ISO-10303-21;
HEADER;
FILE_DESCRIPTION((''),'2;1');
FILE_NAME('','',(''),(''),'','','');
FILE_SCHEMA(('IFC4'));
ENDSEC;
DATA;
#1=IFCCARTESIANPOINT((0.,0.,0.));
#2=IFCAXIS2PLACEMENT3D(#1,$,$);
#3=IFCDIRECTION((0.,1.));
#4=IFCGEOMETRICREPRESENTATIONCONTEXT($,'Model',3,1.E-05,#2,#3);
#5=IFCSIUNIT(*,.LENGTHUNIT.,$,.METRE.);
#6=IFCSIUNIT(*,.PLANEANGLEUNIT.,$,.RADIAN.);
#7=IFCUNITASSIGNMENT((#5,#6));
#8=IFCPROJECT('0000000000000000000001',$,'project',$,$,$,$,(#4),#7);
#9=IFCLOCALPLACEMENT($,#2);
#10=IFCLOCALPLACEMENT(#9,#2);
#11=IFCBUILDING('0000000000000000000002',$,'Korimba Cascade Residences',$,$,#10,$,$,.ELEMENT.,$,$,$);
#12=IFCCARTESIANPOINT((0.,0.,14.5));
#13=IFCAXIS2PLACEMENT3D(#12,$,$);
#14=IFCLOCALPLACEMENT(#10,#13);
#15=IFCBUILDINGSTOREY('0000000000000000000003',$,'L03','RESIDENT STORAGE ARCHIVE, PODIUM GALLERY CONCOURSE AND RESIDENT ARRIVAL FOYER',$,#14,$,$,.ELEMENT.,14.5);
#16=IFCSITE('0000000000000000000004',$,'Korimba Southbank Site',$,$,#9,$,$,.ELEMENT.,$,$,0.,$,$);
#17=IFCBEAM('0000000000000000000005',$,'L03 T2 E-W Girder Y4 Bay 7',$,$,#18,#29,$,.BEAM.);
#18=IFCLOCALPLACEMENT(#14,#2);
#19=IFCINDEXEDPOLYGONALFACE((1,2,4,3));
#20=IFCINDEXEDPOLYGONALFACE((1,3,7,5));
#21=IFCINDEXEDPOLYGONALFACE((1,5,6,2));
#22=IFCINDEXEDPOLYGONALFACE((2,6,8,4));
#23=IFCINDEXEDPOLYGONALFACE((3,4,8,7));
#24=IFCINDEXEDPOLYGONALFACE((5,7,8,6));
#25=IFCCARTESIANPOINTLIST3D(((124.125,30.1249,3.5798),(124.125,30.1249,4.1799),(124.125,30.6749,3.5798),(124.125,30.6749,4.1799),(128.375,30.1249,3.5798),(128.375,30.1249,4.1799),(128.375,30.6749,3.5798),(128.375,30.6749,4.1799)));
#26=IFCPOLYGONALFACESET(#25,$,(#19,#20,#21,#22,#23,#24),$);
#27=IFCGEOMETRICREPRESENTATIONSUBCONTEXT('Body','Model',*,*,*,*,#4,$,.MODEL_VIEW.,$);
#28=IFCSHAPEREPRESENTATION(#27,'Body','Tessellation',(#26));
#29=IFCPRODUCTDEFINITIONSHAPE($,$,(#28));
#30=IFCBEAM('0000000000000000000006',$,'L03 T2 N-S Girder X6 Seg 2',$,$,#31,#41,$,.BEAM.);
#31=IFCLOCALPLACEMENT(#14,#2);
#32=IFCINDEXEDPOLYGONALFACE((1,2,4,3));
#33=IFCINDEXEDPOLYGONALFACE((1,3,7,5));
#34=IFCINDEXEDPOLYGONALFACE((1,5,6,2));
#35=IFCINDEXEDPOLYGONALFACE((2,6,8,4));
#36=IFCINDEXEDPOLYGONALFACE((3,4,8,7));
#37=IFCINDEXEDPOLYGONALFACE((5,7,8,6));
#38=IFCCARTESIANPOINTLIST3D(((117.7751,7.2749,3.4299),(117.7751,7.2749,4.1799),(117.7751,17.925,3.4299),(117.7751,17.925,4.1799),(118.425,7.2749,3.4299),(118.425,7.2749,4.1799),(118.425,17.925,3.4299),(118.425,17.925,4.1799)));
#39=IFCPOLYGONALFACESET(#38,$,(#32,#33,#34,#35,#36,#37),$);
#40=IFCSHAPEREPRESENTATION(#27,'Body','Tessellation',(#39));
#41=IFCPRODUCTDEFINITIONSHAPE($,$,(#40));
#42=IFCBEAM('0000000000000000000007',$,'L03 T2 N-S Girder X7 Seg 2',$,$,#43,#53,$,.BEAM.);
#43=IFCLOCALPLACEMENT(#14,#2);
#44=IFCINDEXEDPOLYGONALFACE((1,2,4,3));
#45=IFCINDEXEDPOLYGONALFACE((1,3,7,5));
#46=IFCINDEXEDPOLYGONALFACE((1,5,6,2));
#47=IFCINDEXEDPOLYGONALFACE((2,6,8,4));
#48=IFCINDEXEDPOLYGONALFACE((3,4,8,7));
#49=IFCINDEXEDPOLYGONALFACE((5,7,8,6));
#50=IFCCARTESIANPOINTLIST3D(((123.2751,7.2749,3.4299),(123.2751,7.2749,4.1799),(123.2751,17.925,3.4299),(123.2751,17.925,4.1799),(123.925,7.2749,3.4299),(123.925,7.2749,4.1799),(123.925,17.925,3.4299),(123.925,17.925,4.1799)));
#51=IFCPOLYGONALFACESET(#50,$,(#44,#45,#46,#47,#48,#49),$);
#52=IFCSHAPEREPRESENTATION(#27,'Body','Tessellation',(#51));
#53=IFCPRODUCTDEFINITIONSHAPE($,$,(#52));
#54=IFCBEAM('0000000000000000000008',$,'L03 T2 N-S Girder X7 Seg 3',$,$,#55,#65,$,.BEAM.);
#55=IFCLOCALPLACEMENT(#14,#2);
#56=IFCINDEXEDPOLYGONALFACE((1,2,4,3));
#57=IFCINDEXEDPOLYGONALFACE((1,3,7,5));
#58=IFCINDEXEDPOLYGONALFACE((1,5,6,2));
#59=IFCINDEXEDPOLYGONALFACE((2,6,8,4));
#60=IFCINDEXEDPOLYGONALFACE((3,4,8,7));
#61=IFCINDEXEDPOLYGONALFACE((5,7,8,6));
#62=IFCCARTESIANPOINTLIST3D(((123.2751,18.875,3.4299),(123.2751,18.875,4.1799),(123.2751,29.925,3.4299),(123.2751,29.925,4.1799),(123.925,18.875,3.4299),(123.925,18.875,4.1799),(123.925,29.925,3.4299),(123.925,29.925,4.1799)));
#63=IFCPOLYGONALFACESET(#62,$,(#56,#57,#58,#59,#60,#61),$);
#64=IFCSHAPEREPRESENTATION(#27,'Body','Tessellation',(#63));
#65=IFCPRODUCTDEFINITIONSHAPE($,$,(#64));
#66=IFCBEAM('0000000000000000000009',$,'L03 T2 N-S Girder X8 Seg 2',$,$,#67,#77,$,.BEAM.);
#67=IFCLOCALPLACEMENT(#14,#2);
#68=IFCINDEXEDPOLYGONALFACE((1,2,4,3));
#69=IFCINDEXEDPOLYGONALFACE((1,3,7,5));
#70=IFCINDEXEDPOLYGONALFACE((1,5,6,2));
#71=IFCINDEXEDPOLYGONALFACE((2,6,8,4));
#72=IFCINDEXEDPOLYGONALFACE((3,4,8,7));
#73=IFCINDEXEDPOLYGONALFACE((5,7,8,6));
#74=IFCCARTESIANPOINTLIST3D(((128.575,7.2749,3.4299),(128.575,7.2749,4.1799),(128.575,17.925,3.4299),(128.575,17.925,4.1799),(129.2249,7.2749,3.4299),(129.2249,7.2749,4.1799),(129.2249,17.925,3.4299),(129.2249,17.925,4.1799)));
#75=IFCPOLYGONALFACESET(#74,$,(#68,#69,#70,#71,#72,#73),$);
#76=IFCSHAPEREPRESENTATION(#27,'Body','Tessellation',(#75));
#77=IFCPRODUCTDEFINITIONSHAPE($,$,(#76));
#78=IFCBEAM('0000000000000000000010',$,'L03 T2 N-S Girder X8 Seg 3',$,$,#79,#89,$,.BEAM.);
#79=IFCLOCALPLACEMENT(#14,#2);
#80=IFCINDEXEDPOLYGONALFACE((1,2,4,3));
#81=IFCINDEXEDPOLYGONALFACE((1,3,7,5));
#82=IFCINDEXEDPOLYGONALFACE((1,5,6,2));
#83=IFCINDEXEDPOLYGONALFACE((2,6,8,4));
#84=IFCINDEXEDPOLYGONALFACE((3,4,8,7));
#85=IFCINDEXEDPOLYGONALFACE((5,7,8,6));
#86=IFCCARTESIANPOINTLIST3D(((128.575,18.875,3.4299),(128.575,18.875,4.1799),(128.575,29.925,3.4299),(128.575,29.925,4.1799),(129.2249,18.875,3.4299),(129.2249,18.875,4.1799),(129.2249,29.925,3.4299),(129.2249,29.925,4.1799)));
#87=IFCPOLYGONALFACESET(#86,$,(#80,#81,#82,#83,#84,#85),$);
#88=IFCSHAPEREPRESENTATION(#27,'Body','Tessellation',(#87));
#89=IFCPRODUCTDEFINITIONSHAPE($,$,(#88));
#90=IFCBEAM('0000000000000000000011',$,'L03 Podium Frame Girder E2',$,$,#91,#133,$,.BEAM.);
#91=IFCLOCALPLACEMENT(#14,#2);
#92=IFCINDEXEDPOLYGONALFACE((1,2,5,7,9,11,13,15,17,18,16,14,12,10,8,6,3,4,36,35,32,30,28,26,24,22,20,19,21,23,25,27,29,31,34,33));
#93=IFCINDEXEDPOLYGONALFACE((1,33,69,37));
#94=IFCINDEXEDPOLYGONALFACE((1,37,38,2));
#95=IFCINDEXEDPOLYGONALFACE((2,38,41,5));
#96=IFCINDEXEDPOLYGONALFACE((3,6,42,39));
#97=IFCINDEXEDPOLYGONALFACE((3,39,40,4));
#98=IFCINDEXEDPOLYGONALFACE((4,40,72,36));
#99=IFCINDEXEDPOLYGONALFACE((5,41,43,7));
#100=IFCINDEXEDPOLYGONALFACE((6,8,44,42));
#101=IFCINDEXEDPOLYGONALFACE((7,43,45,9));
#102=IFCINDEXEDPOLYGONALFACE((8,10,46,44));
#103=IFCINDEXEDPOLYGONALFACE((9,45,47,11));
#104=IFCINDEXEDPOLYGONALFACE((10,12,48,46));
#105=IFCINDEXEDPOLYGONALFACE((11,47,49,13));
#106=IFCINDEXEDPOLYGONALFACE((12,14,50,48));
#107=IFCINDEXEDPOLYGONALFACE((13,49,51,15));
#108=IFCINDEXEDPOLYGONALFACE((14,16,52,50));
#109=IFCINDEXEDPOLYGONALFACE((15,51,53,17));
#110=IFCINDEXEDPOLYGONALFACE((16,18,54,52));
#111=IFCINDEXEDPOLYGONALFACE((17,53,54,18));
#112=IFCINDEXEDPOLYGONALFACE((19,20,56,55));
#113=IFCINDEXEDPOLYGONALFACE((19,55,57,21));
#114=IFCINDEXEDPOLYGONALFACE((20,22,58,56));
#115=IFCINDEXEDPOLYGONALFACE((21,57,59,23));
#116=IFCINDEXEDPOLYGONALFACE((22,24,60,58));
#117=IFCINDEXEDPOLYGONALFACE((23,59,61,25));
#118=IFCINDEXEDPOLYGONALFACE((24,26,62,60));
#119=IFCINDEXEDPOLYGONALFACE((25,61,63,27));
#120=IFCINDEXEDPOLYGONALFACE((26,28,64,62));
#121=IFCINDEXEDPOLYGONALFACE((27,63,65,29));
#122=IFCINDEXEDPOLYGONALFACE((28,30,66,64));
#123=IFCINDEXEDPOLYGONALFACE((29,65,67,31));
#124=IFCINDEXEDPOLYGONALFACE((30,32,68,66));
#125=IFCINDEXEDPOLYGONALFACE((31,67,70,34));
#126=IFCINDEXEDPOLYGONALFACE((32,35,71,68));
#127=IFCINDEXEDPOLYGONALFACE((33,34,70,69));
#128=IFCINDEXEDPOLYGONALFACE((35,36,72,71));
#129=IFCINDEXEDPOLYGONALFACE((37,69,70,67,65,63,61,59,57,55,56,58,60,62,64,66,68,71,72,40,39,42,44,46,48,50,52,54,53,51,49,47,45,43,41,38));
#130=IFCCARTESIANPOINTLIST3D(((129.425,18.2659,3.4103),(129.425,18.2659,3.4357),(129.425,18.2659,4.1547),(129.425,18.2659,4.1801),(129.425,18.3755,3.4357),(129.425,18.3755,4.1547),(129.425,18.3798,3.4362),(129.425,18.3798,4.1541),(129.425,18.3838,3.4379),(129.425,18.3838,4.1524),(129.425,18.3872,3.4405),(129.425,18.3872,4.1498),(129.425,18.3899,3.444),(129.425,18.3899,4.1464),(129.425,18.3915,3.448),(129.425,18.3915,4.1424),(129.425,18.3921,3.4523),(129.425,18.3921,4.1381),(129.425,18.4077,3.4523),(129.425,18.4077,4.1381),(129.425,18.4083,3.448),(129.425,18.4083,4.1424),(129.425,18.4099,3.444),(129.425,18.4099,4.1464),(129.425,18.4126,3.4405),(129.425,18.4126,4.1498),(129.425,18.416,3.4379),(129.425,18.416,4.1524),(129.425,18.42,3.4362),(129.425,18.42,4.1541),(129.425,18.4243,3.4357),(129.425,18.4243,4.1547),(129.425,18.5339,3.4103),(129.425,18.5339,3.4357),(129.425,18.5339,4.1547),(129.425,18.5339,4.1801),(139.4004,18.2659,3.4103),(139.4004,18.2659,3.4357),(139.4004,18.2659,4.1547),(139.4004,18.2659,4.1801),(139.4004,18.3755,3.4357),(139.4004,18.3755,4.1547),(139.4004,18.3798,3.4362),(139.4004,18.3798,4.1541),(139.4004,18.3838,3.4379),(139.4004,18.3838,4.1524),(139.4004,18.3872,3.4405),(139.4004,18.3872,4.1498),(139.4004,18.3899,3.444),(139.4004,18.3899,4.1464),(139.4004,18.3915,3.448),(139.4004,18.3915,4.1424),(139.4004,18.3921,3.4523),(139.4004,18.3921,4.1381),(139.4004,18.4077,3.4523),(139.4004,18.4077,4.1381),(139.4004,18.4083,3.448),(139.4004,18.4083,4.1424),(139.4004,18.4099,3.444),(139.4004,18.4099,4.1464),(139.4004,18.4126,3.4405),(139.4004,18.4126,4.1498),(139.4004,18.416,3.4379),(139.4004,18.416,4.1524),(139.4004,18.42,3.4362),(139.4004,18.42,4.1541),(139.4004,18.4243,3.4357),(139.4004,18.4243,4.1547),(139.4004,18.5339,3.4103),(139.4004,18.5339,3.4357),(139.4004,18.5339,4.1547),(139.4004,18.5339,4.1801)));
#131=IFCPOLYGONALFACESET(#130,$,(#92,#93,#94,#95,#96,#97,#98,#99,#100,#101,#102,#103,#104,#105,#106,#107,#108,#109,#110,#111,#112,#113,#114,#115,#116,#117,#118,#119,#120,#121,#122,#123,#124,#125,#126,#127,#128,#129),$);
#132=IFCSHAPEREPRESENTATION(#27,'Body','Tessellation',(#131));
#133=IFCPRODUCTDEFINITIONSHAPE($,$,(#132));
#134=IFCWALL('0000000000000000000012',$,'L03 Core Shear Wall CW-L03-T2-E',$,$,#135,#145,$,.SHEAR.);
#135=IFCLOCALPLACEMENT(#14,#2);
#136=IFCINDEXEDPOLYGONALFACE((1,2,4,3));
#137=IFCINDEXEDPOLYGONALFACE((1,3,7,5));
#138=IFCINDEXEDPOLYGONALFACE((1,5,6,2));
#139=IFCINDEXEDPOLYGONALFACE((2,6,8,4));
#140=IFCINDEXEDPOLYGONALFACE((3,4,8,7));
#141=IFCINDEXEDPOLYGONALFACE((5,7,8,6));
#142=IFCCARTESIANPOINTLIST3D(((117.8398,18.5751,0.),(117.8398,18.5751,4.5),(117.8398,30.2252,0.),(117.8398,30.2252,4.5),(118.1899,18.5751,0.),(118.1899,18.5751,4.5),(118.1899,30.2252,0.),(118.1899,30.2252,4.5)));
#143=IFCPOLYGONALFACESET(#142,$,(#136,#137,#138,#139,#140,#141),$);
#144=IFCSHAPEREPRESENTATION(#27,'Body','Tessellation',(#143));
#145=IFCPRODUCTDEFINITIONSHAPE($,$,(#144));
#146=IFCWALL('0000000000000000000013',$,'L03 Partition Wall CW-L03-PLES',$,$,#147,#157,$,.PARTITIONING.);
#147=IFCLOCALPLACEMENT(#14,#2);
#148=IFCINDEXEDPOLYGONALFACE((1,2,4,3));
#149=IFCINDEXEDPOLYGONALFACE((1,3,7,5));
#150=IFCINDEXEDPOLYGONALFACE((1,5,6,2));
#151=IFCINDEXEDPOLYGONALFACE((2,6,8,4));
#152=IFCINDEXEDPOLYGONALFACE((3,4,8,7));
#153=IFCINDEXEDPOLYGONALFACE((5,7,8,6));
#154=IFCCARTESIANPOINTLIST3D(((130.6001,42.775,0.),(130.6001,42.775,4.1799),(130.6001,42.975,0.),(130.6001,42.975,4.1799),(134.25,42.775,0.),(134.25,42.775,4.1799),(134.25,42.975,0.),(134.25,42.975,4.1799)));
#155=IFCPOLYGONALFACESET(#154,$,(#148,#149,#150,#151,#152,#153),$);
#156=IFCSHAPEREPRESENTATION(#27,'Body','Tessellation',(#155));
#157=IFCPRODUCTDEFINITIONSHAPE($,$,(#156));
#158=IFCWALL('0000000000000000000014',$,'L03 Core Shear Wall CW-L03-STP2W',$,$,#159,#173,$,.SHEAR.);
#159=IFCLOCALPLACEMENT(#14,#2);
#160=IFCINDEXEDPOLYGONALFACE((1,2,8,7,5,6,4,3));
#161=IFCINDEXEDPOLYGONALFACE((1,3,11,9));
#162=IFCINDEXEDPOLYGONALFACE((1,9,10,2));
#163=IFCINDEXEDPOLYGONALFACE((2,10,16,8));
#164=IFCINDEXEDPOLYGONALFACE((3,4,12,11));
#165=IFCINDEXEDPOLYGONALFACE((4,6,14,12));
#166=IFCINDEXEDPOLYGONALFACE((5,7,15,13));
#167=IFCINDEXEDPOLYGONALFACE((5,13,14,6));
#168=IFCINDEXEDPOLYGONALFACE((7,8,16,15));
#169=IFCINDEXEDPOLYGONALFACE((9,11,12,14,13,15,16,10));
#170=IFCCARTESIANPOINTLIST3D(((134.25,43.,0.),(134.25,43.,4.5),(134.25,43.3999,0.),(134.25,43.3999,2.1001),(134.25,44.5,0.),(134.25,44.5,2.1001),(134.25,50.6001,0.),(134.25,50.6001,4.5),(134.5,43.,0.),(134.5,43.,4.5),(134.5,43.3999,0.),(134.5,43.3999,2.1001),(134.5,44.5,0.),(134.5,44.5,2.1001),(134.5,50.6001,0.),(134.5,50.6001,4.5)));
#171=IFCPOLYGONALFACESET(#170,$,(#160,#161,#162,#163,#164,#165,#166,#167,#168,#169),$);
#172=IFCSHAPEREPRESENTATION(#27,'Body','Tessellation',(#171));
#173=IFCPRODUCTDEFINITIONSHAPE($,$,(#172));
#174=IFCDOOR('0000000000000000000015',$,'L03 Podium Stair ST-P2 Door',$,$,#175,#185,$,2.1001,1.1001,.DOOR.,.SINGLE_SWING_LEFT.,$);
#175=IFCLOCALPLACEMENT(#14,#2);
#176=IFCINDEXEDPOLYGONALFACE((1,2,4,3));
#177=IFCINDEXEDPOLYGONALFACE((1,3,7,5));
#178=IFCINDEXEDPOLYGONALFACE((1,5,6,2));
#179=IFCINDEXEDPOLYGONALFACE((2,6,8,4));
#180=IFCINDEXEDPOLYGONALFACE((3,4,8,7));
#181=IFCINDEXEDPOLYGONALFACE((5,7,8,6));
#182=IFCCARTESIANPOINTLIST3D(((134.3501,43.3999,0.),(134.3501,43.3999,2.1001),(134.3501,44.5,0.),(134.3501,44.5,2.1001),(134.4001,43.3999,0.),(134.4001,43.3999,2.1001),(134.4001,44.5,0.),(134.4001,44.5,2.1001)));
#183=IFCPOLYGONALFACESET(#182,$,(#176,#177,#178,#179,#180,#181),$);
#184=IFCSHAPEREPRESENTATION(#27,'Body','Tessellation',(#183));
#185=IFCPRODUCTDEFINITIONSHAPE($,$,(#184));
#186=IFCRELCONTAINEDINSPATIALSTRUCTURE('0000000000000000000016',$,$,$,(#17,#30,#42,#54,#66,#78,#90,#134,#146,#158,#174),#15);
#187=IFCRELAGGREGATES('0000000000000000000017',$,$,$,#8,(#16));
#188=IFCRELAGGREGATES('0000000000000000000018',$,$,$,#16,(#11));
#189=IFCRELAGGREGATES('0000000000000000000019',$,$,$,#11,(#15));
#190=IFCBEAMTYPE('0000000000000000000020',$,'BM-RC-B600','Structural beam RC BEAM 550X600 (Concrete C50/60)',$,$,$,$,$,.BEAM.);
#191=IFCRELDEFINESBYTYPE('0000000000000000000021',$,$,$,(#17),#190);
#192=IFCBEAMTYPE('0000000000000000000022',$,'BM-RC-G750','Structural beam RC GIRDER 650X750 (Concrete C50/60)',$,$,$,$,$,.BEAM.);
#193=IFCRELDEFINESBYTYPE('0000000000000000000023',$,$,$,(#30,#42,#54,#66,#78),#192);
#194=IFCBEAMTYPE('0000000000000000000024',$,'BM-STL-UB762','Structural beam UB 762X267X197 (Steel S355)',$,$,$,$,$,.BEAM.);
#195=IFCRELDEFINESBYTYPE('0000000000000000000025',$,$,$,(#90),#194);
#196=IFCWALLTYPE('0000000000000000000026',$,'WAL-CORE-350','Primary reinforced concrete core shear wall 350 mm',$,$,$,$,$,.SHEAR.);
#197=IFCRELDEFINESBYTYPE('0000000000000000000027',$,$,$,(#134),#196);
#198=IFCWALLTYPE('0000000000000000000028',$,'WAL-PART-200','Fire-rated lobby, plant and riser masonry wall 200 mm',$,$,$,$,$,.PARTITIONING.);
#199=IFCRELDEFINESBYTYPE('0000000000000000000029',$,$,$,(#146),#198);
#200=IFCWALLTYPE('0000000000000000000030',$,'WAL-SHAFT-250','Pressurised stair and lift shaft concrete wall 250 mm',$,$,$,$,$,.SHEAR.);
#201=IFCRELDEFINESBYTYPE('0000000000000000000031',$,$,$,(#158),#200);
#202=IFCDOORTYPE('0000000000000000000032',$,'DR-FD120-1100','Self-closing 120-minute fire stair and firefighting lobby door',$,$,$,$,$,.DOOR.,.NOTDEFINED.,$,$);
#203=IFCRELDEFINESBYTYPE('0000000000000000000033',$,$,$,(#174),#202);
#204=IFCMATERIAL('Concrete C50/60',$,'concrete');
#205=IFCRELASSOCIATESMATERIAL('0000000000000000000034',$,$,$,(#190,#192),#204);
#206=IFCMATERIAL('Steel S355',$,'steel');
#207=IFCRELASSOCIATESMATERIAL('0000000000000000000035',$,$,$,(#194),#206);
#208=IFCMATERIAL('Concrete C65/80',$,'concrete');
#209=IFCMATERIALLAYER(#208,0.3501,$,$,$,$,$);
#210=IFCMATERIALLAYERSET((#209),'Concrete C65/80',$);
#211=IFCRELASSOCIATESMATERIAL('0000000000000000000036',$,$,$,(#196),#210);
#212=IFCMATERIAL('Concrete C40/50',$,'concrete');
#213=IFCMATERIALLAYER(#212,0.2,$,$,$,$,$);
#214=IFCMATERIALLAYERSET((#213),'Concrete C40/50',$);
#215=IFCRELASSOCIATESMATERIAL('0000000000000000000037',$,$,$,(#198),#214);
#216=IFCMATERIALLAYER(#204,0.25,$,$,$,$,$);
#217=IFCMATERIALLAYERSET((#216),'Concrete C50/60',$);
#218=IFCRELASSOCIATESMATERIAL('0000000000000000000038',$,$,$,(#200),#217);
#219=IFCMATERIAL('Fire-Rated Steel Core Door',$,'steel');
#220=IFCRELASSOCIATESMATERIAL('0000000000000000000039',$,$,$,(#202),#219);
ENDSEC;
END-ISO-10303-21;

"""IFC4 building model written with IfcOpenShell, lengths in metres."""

from ifc_helpers import new_model, si_unit, direction, frame, frame_2d, origin, origin_2d, place, context, subcontext, project, spatial, rectangle, i_section, extrude, material, layer, layer_set, material_profile, profile_set, type_object, element, fill, save


model = new_model("IFC4")

# Units and contexts
model_context = context("Model", 3, precision=1e-05, world=origin(), true_north=direction((0.0, 1.0)))
body_context = subcontext(model_context, "Body", "Model", "MODEL_VIEW")
ifc_project = project(units=[si_unit("LENGTHUNIT", "METRE"), si_unit("PLANEANGLEUNIT", "RADIAN")], contexts=[model_context])

# Site, building, storey
site_placement = place(None, origin())
site = spatial("IfcSite", under=ifc_project, at=site_placement, Name="Korimba Southbank Site", CompositionType="ELEMENT", RefElevation=0.0)
building_placement = place(site_placement, origin())
building = spatial("IfcBuilding", under=site, at=building_placement, Name="Korimba Cascade Residences", CompositionType="ELEMENT")
storey_placement = place(building_placement, frame((0.0, 0.0, 14.5)))
storey = spatial("IfcBuildingStorey", under=building, at=storey_placement, Name="L03", Description="RESIDENT STORAGE ARCHIVE, PODIUM GALLERY CONCOURSE AND RESIDENT ARRIVAL FOYER", CompositionType="ELEMENT", Elevation=14.5)

# Shared definitions
ifc_material_1 = material(Name="Steel S355", Category="steel")

# Beams
ifc_material_2 = material(Name="Concrete C50/60", Category="concrete")
ifc_material_profile_1 = material_profile(ifc_material_2, rectangle(XDim=0.55, YDim=0.6001, at=origin_2d()), Name="Concrete C50/60")
ifc_profile_set_1 = profile_set([ifc_material_profile_1], Name="Concrete C50/60")
beam_type_1 = type_object("IfcBeamType", Name="BM-RC-B600", Description="Structural beam RC BEAM 550X600 (Concrete C50/60)", PredefinedType="BEAM", material=ifc_profile_set_1)
beam_1_placement = place(storey_placement, frame((124.125, 30.3999, 3.8799), z_axis=(1.0, 0.0, 0.0), x_axis=(0.0, 1.0, 0.0)))
element("IfcBeam", 1, at=beam_1_placement, inside=storey, type_object=beam_type_1, Name="L03 T2 E-W Girder Y4 Bay 7", PredefinedType="BEAM", context=body_context, shape_type="SweptSolid", body=[
    extrude(rectangle(XDim=0.55, YDim=0.6001, at=origin_2d()), origin(), (0.0, 0.0, 1.0), 4.25),
])
ifc_material_profile_2 = material_profile(ifc_material_2, rectangle(XDim=0.6499, YDim=0.75, at=origin_2d()), Name="Concrete C50/60")
ifc_profile_set_2 = profile_set([ifc_material_profile_2], Name="Concrete C50/60")
beam_type_2 = type_object("IfcBeamType", Name="BM-RC-G750", Description="Structural beam RC GIRDER 650X750 (Concrete C50/60)", PredefinedType="BEAM", material=ifc_profile_set_2)
for number, where, z_axis, x_axis, name in (
    (2, (118.1001, 7.2749, 3.8049), (0.0, 1.0, 0.0), (-1.0, 0.0, 0.0), "L03 T2 N-S Girder X6 Seg 2"),
    (3, (123.6001, 7.2749, 3.8049), (0.0, 1.0, 0.0), (-1.0, 0.0, 0.0), "L03 T2 N-S Girder X7 Seg 2"),
):
    element("IfcBeam", number, at=place(storey_placement, frame(where, z_axis=z_axis, x_axis=x_axis)), inside=storey, type_object=beam_type_2, Name=name, PredefinedType="BEAM", context=body_context, shape_type="SweptSolid", body=[
        extrude(rectangle(XDim=0.6499, YDim=0.75, at=origin_2d()), origin(), (0.0, 0.0, 1.0), 10.6501),
    ])
beam_2_placement = place(storey_placement, frame((123.6001, 18.875, 3.8049), z_axis=(0.0, 1.0, 0.0), x_axis=(-1.0, 0.0, 0.0)))
element("IfcBeam", 4, at=beam_2_placement, inside=storey, type_object=beam_type_2, Name="L03 T2 N-S Girder X7 Seg 3", PredefinedType="BEAM", context=body_context, shape_type="SweptSolid", body=[
    extrude(rectangle(XDim=0.6499, YDim=0.75, at=origin_2d()), origin(), (0.0, 0.0, 1.0), 11.05),
])
beam_3_placement = place(storey_placement, frame((128.8999, 7.2749, 3.8049), z_axis=(0.0, 1.0, 0.0), x_axis=(-1.0, 0.0, 0.0)))
element("IfcBeam", 5, at=beam_3_placement, inside=storey, type_object=beam_type_2, Name="L03 T2 N-S Girder X8 Seg 2", PredefinedType="BEAM", context=body_context, shape_type="SweptSolid", body=[
    extrude(rectangle(XDim=0.6499, YDim=0.75, at=origin_2d()), origin(), (0.0, 0.0, 1.0), 10.6501),
])
beam_4_placement = place(storey_placement, frame((128.8999, 18.875, 3.8049), z_axis=(0.0, 1.0, 0.0), x_axis=(-1.0, 0.0, 0.0)))
element("IfcBeam", 6, at=beam_4_placement, inside=storey, type_object=beam_type_2, Name="L03 T2 N-S Girder X8 Seg 3", PredefinedType="BEAM", context=body_context, shape_type="SweptSolid", body=[
    extrude(rectangle(XDim=0.6499, YDim=0.75, at=origin_2d()), origin(), (0.0, 0.0, 1.0), 11.05),
])
ifc_material_profile_3 = material_profile(ifc_material_1, i_section(OverallWidth=0.2681, OverallDepth=0.7698, WebThickness=0.0156, FlangeThickness=0.0254, FilletRadius=0.0166, at=origin_2d()), Name="Steel S355")
ifc_profile_set_3 = profile_set([ifc_material_profile_3], Name="Steel S355")
beam_type_3 = type_object("IfcBeamType", Name="BM-STL-UB762", Description="Structural beam UB 762X267X197 (Steel S355)", PredefinedType="BEAM", material=ifc_profile_set_3)
beam_5_placement = place(storey_placement, frame((129.425, 18.3999, 3.7952), z_axis=(1.0, 0.0, 0.0), x_axis=(0.0, 1.0, 0.0)))
element("IfcBeam", 7, at=beam_5_placement, inside=storey, type_object=beam_type_3, Name="L03 Podium Frame Girder E2", PredefinedType="BEAM", context=body_context, shape_type="SweptSolid", body=[
    extrude(i_section(OverallWidth=0.2681, OverallDepth=0.7698, WebThickness=0.0156, FlangeThickness=0.0254, FilletRadius=0.0166, at=origin_2d()), origin(), (0.0, 0.0, 1.0), 9.9753),
])

# Wall
ifc_material_3 = material(Name="Concrete C65/80", Category="concrete")
ifc_layer_1 = layer(ifc_material_3, 0.3501)
ifc_layer_set_1 = layer_set([ifc_layer_1], Name="Concrete C65/80")
wall_type_1 = type_object("IfcWallType", Name="WAL-CORE-350", Description="Primary reinforced concrete core shear wall 350 mm", PredefinedType="SHEAR", material=ifc_layer_set_1)
wall_1_placement = place(storey_placement, frame((118.0149, 18.575, 0.0), z_axis=(0.0, 0.0, 1.0), x_axis=(0.0, 1.0, 0.0)))
element("IfcWall", 8, at=wall_1_placement, inside=storey, type_object=wall_type_1, Name="L03 Core Shear Wall CW-L03-T2-E", PredefinedType="SHEAR", context=body_context, shape_type="SweptSolid", body=[
    extrude(rectangle(XDim=11.6501, YDim=0.3501, at=frame_2d((5.8252, 0.0))), origin(), (0.0, 0.0, 1.0), 4.5),
])

# Shared definitions
ifc_material_4 = material(Name="Concrete C40/50", Category="concrete")
ifc_layer_2 = layer(ifc_material_4, 0.2)
ifc_layer_set_2 = layer_set([ifc_layer_2], Name="Concrete C40/50")
wall_type_2 = type_object("IfcWallType", Name="WAL-PART-200", Description="Fire-rated lobby, plant and riser masonry wall 200 mm", PredefinedType="PARTITIONING", material=ifc_layer_set_2)

# Wall
wall_2_placement = place(storey_placement, frame((130.6001, 42.875, 0.0), z_axis=(0.0, 0.0, 1.0), x_axis=(1.0, 0.0, 0.0)))
element("IfcWall", 9, at=wall_2_placement, inside=storey, type_object=wall_type_2, Name="L03 Partition Wall CW-L03-PLES", PredefinedType="PARTITIONING", context=body_context, shape_type="SweptSolid", body=[
    extrude(rectangle(XDim=3.6499, YDim=0.2, at=frame_2d((1.825, 0.0))), origin(), (0.0, 0.0, 1.0), 4.1799),
])

# Wall, opening, door
ifc_layer_3 = layer(ifc_material_2, 0.25)
ifc_layer_set_3 = layer_set([ifc_layer_3], Name="Concrete C50/60")
wall_type_3 = type_object("IfcWallType", Name="WAL-SHAFT-250", Description="Pressurised stair and lift shaft concrete wall 250 mm", PredefinedType="SHEAR", material=ifc_layer_set_3)
wall_3_placement = place(storey_placement, frame((134.375, 43.0, 0.0), z_axis=(0.0, 0.0, 1.0), x_axis=(0.0, 1.0, 0.0)))
wall_3 = element("IfcWall", 10, at=wall_3_placement, inside=storey, type_object=wall_type_3, Name="L03 Core Shear Wall CW-L03-STP2W", PredefinedType="SHEAR", context=body_context, shape_type="SweptSolid", body=[
    extrude(rectangle(XDim=7.6001, YDim=0.25, at=frame_2d((3.8, 0.0))), origin(), (0.0, 0.0, 1.0), 4.5),
])
opening_1_placement = place(wall_3_placement, frame((0.3999, 0.0, 0.0)))
opening_1 = element("IfcOpeningElement", 11, at=opening_1_placement, cuts=wall_3, PredefinedType="OPENING", context=body_context, shape_type="SweptSolid", body=[
    extrude(rectangle(XDim=1.1001, YDim=2.1001, at=frame_2d((0.55, 1.05))), frame((0.0, 0.135, 0.0), z_axis=(0.0, -1.0, 0.0), x_axis=(1.0, 0.0, 0.0)), (0.0, 0.0, 1.0), 0.27),
])
ifc_material_5 = material(Name="Fire-Rated Steel Core Door", Category="steel")
door_type_1 = type_object("IfcDoorType", Name="DR-FD120-1100", Description="Self-closing 120-minute fire stair and firefighting lobby door", OperationType="NOTDEFINED", PredefinedType="DOOR", material=ifc_material_5)
door_1_placement = place(opening_1_placement, origin())
door_1 = element("IfcDoor", 12, at=door_1_placement, inside=storey, type_object=door_type_1, Name="L03 Podium Stair ST-P2 Door", OperationType="SINGLE_SWING_LEFT", OverallHeight=2.1001, OverallWidth=1.1001, PredefinedType="DOOR", context=body_context, shape_type="SweptSolid", body=[
    extrude(rectangle(XDim=1.1001, YDim=2.1001, at=frame_2d((0.55, 1.05))), frame((0.0, 0.0249, 0.0), z_axis=(0.0, -1.0, 0.0), x_axis=(1.0, 0.0, 0.0)), (0.0, 0.0, 1.0), 0.05),
])
fill(opening_1, door_1)

save(model, "model.ifc")
